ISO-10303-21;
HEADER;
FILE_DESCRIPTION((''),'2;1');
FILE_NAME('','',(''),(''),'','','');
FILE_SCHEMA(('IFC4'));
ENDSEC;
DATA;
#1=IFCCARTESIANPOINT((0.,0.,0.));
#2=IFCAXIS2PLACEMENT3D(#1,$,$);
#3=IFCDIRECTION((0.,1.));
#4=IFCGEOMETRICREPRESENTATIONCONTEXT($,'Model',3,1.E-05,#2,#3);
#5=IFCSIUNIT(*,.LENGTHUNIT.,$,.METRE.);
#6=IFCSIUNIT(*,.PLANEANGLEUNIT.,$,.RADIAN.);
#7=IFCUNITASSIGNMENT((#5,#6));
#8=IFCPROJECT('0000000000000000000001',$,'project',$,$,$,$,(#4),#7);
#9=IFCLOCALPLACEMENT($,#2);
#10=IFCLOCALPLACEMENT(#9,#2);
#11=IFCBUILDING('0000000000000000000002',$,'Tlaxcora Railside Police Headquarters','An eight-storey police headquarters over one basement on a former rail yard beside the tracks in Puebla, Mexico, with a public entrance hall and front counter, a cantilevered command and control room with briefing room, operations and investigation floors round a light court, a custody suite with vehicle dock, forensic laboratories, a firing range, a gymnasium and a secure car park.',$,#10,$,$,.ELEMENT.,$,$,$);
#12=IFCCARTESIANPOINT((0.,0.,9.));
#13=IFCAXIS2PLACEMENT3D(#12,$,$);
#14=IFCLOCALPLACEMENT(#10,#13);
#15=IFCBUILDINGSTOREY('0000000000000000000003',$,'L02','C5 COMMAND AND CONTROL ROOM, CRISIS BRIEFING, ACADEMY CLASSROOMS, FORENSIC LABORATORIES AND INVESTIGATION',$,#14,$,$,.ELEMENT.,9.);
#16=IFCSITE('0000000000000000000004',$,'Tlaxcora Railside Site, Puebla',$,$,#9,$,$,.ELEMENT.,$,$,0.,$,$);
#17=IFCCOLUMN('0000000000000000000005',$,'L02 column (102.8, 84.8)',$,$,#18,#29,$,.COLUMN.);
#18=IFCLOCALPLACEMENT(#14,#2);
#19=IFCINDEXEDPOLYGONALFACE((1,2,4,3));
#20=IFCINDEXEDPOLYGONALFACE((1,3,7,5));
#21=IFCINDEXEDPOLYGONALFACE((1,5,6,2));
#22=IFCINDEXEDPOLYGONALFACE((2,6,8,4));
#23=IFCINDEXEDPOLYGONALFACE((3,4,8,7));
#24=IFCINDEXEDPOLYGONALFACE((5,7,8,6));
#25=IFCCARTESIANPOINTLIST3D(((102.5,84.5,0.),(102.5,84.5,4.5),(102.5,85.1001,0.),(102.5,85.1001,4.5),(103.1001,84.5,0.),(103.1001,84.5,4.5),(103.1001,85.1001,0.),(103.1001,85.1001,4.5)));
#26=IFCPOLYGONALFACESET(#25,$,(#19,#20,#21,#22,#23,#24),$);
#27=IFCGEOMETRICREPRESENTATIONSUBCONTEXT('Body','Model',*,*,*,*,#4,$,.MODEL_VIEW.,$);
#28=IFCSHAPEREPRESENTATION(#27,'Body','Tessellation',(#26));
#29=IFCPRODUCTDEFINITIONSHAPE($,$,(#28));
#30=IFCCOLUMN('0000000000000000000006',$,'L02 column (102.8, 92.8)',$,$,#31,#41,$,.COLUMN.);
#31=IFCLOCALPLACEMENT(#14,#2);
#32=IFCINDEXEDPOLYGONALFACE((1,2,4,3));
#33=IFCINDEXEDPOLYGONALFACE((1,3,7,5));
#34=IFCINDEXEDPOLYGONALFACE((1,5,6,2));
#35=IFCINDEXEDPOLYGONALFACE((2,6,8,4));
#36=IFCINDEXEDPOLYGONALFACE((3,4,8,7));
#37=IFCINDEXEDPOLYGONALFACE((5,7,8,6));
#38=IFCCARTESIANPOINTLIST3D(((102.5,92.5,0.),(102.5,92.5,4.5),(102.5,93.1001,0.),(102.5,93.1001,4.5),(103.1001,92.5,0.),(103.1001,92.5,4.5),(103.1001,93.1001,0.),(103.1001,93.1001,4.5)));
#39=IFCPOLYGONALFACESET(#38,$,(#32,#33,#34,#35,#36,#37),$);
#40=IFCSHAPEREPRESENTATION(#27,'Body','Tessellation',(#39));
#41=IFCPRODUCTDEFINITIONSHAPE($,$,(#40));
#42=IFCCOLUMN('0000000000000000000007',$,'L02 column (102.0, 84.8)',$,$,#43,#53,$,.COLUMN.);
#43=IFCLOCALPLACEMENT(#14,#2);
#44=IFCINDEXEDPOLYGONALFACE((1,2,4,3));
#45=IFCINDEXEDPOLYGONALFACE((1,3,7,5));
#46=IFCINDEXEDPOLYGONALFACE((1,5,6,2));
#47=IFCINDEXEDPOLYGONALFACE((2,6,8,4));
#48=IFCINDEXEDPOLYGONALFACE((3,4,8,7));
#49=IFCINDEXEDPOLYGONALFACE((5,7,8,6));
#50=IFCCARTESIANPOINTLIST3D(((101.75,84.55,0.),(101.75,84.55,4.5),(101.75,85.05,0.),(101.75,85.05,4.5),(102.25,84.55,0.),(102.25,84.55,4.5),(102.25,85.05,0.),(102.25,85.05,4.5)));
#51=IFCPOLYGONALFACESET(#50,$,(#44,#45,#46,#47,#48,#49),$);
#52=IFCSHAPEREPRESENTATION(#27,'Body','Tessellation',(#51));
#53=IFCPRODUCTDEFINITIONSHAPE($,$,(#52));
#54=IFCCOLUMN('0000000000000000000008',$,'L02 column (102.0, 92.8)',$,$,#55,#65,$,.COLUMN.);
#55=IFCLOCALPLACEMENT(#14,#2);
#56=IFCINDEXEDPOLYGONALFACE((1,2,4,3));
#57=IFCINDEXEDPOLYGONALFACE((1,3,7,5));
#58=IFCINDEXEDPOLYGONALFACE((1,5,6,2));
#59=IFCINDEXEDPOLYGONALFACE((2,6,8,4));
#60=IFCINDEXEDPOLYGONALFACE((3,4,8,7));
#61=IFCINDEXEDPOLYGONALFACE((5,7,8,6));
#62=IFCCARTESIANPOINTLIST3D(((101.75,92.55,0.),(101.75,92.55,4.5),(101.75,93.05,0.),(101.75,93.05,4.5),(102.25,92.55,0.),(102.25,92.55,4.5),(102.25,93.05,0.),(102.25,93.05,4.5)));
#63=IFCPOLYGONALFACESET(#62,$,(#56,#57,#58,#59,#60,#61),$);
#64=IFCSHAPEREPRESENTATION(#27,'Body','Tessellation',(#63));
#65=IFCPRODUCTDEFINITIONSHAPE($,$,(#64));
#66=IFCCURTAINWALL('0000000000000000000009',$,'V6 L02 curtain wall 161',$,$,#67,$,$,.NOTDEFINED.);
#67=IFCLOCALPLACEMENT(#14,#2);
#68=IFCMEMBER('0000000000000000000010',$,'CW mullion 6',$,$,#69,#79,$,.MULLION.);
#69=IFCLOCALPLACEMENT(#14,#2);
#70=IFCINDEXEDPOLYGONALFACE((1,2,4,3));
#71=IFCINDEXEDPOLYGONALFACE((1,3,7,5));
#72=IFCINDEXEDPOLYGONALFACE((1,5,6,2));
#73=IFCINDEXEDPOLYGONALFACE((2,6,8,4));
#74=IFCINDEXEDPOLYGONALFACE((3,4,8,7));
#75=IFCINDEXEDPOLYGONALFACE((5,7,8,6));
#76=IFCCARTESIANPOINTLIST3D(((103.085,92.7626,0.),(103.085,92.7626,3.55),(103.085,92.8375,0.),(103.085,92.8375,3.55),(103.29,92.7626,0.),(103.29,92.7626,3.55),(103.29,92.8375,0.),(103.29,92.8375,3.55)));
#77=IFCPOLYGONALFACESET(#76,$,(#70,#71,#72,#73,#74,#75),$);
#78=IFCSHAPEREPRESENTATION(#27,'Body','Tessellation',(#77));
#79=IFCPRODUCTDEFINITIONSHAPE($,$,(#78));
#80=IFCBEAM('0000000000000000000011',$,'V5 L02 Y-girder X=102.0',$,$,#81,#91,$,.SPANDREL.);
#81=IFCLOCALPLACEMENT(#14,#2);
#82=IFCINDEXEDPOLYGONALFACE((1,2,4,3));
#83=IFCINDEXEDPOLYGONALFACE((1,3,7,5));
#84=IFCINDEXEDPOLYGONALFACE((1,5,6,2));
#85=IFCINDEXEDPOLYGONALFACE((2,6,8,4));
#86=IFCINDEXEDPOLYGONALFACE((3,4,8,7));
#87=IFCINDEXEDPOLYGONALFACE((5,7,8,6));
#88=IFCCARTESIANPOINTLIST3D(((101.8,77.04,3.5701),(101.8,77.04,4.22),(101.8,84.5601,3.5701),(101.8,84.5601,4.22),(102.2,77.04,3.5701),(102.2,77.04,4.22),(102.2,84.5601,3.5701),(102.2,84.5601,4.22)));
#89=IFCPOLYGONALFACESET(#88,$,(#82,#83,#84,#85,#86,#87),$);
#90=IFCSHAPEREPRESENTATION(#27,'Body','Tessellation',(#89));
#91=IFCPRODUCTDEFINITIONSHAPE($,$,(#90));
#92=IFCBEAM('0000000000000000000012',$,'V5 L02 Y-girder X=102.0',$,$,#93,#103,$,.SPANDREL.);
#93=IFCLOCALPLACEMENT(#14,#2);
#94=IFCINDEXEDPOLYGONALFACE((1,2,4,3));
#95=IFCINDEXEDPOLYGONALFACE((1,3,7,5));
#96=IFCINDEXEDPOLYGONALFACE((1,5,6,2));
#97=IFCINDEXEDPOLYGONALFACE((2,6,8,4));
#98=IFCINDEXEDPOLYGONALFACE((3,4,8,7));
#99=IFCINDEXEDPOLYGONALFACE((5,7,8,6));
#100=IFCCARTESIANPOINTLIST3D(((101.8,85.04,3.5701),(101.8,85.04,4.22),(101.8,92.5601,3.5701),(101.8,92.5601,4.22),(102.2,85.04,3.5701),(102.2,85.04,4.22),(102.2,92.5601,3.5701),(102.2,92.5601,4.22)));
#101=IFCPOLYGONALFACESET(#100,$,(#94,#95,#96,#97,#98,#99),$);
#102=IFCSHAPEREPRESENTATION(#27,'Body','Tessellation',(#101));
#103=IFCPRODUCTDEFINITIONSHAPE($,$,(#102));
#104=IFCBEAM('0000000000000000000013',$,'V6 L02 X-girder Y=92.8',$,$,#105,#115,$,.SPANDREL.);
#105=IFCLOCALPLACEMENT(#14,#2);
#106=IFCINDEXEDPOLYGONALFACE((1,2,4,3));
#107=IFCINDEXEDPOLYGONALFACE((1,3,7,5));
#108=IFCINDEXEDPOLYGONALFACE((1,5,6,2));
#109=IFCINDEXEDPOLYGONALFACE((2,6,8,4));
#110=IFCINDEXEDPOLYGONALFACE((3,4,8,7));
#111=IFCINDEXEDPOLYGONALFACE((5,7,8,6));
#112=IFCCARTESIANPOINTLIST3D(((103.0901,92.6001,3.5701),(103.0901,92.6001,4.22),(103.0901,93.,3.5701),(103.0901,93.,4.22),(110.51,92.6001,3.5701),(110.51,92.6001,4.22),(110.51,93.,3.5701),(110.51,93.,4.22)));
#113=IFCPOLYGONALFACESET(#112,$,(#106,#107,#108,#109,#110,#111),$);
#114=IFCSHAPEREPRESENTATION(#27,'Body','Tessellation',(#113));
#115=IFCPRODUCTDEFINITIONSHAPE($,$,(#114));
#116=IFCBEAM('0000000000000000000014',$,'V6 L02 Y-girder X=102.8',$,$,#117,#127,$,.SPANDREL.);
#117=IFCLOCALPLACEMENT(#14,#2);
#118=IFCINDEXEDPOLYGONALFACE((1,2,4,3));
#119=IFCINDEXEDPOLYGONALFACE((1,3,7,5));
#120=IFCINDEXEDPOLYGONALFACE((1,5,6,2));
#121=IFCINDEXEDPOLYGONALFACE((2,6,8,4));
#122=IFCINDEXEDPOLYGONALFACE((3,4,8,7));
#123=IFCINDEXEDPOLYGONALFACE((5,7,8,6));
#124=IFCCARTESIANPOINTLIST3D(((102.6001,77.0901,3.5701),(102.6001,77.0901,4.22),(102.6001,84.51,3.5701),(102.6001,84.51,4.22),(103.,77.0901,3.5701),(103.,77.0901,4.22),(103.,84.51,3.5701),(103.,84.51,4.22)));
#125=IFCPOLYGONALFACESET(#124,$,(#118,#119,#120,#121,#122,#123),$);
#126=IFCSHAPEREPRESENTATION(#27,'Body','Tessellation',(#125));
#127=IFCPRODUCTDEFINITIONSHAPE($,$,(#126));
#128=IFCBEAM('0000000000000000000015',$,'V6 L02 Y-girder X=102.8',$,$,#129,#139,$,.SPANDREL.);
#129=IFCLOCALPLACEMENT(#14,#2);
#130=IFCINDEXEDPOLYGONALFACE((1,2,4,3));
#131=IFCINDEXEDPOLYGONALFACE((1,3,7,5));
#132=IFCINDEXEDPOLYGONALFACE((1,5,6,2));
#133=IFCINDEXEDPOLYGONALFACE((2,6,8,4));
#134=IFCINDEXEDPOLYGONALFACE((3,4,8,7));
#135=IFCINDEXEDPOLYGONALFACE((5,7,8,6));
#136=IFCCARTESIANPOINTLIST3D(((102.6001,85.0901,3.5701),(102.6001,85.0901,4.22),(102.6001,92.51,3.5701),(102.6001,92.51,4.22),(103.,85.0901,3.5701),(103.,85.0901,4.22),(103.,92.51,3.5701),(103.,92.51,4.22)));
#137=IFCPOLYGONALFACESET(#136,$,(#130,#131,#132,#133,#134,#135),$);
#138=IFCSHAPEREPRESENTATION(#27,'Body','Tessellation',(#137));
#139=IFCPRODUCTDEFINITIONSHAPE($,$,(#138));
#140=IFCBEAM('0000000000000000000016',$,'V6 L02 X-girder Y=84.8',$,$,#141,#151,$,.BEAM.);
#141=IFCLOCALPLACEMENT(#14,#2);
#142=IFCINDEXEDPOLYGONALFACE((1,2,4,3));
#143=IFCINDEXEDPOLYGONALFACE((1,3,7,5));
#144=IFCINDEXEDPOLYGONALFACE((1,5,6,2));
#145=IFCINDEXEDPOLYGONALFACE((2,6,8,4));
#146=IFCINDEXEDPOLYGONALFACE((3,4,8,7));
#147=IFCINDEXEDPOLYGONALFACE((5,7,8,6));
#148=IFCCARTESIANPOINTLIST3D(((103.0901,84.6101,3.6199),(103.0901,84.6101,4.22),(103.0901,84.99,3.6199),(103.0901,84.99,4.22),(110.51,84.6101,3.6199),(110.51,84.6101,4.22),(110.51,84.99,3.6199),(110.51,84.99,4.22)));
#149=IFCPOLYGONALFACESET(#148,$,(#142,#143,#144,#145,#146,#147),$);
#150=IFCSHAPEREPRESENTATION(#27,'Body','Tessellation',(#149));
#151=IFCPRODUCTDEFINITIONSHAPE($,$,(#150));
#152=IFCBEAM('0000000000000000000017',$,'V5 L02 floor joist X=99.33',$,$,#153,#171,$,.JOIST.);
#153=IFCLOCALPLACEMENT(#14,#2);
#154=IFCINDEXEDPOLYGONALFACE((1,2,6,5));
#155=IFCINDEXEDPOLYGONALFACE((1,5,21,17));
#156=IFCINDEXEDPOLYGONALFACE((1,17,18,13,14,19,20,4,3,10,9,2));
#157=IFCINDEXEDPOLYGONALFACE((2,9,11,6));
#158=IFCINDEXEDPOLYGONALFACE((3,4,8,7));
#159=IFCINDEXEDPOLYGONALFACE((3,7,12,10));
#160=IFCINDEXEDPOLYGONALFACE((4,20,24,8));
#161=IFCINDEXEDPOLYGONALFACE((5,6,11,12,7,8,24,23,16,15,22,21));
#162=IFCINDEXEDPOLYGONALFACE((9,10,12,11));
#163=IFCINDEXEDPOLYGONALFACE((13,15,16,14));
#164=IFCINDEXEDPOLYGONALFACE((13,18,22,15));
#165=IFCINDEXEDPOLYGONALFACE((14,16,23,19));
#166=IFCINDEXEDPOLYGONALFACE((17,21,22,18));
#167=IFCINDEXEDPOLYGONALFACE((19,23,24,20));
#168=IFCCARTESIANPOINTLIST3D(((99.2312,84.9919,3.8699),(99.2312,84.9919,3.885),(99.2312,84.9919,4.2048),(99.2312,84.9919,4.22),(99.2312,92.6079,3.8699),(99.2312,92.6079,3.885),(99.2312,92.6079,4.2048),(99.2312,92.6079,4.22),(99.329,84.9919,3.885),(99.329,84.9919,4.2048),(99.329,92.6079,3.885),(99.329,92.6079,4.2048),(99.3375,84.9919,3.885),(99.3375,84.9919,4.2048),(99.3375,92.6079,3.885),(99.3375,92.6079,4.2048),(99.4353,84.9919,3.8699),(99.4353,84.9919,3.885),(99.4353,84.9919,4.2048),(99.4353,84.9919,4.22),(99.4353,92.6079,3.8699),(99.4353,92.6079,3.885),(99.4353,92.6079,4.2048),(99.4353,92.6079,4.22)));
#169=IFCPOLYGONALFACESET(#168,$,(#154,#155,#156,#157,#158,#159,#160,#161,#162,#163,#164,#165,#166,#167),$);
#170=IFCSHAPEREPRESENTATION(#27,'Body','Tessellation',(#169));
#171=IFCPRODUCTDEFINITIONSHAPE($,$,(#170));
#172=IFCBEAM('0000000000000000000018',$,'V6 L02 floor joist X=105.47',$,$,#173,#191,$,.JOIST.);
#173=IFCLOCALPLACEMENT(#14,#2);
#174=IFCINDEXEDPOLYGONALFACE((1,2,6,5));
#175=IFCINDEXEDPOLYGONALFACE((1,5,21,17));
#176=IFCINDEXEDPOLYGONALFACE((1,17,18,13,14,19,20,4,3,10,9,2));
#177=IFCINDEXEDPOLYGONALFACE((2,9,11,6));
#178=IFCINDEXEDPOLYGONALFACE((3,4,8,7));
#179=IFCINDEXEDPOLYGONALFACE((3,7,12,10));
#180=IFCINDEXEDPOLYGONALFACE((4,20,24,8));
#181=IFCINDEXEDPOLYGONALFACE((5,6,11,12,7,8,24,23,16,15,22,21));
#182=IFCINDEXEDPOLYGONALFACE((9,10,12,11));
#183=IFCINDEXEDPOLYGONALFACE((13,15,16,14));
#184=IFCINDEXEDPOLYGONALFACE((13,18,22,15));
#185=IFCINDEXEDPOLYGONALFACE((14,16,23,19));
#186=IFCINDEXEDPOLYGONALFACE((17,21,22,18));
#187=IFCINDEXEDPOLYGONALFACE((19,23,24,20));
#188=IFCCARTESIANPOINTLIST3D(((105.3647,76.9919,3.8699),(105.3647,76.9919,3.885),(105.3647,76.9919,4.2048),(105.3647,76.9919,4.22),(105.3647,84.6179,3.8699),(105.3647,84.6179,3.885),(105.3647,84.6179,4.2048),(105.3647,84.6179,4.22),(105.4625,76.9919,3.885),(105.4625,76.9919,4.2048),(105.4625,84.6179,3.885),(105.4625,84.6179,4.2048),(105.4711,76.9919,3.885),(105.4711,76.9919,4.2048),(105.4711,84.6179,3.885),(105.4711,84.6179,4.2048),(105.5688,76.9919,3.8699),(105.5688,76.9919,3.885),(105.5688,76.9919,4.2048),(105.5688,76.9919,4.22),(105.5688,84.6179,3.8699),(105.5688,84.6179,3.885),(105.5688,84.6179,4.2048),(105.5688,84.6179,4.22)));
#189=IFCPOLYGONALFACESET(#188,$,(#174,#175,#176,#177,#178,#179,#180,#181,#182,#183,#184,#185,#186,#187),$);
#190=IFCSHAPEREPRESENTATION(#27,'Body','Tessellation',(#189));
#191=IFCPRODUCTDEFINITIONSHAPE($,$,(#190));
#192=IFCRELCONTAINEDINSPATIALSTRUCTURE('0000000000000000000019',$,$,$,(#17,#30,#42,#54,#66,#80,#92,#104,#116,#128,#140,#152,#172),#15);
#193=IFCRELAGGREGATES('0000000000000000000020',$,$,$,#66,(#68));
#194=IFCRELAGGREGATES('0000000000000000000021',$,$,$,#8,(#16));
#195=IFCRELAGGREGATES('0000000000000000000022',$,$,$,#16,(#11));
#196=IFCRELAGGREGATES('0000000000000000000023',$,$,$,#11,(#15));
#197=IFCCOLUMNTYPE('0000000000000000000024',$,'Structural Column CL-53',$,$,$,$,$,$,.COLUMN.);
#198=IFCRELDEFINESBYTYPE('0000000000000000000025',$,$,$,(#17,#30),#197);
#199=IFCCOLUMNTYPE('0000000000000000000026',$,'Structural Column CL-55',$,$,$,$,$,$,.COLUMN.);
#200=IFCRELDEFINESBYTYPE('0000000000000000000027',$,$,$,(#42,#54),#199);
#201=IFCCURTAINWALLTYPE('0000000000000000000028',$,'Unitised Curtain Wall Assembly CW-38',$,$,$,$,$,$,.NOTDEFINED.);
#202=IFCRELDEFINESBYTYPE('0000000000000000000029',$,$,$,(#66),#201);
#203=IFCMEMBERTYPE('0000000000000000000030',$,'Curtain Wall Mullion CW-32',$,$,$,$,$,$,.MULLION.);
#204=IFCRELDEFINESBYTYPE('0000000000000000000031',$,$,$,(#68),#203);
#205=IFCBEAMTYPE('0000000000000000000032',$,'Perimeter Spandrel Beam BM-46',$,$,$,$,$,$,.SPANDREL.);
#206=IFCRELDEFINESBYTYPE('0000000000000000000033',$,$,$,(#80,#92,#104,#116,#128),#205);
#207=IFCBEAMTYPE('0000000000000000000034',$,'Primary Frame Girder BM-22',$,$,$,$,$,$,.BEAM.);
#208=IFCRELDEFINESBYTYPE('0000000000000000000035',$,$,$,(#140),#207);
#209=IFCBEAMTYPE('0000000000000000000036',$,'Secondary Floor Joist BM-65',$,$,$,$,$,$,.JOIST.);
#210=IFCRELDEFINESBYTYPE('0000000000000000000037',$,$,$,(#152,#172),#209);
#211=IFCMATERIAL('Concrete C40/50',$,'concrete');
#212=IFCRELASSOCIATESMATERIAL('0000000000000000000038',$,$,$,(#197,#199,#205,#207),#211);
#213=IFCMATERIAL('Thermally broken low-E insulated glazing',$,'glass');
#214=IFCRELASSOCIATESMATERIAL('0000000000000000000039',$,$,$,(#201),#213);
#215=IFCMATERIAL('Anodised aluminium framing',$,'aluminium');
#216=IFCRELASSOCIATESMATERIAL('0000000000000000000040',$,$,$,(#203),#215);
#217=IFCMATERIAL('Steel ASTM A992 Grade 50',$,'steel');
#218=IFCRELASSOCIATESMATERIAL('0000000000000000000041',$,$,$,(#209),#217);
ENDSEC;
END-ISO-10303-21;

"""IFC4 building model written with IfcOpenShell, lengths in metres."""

from ifc_helpers import new_model, si_unit, direction, frame, origin, origin_2d, place, context, subcontext, project, spatial, rectangle, i_section, extrude, material, material_profile, profile_set, type_object, element, aggregate, save


model = new_model("IFC4")

# Units and contexts
model_context = context("Model", 3, precision=1e-05, world=origin(), true_north=direction((0.0, 1.0)))
body_context = subcontext(model_context, "Body", "Model", "MODEL_VIEW")
ifc_project = project(units=[si_unit("LENGTHUNIT", "METRE"), si_unit("PLANEANGLEUNIT", "RADIAN")], contexts=[model_context])

# Site, building, storey
site_placement = place(None, origin())
site = spatial("IfcSite", under=ifc_project, at=site_placement, Name="Tlaxcora Railside Site, Puebla", CompositionType="ELEMENT", RefElevation=0.0)
building_placement = place(site_placement, origin())
building = spatial("IfcBuilding", under=site, at=building_placement, Name="Tlaxcora Railside Police Headquarters", Description="An eight-storey police headquarters over one basement on a former rail yard beside the tracks in Puebla, Mexico, with a public entrance hall and front counter, a cantilevered command and control room with briefing room, operations and investigation floors round a light court, a custody suite with vehicle dock, forensic laboratories, a firing range, a gymnasium and a secure car park.", CompositionType="ELEMENT")
storey_placement = place(building_placement, frame((0.0, 0.0, 9.0)))
storey = spatial("IfcBuildingStorey", under=building, at=storey_placement, Name="L02", Description="C5 COMMAND AND CONTROL ROOM, CRISIS BRIEFING, ACADEMY CLASSROOMS, FORENSIC LABORATORIES AND INVESTIGATION", CompositionType="ELEMENT", Elevation=9.0)

# Columns
ifc_material_1 = material(Name="Concrete C40/50", Category="concrete")
ifc_material_profile_1 = material_profile(ifc_material_1, rectangle(XDim=0.6001, YDim=0.6001, at=origin_2d()), Name="RC600X600")
ifc_profile_set_1 = profile_set([ifc_material_profile_1], Name="Concrete C40/50")
column_type_1 = type_object("IfcColumnType", Name="Structural Column CL-53", PredefinedType="COLUMN", material=ifc_profile_set_1)
for number, where, z_axis, x_axis, name in (
    (1, (102.8, 84.8, 0.0), (0.0, 0.0, 1.0), (1.0, 0.0, 0.0), "L02 column (102.8, 84.8)"),
    (2, (102.8, 92.8, 0.0), (0.0, 0.0, 1.0), (1.0, 0.0, 0.0), "L02 column (102.8, 92.8)"),
):
    element("IfcColumn", number, at=place(storey_placement, frame(where, z_axis=z_axis, x_axis=x_axis)), inside=storey, type_object=column_type_1, Name=name, PredefinedType="COLUMN", context=body_context, shape_type="SweptSolid", body=[
        extrude(rectangle(XDim=0.6001, YDim=0.6001, at=origin_2d()), origin(), (0.0, 0.0, 1.0), 4.5),
    ])
ifc_material_profile_2 = material_profile(ifc_material_1, rectangle(XDim=0.5, YDim=0.5, at=origin_2d()), Name="RC500X500")
ifc_profile_set_2 = profile_set([ifc_material_profile_2], Name="Concrete C40/50")
column_type_2 = type_object("IfcColumnType", Name="Structural Column CL-55", PredefinedType="COLUMN", material=ifc_profile_set_2)
for number, where, z_axis, x_axis, name in (
    (3, (102.0, 84.8, 0.0), (0.0, 0.0, 1.0), (1.0, 0.0, 0.0), "L02 column (102.0, 84.8)"),
    (4, (102.0, 92.8, 0.0), (0.0, 0.0, 1.0), (1.0, 0.0, 0.0), "L02 column (102.0, 92.8)"),
):
    element("IfcColumn", number, at=place(storey_placement, frame(where, z_axis=z_axis, x_axis=x_axis)), inside=storey, type_object=column_type_2, Name=name, PredefinedType="COLUMN", context=body_context, shape_type="SweptSolid", body=[
        extrude(rectangle(XDim=0.5, YDim=0.5, at=origin_2d()), origin(), (0.0, 0.0, 1.0), 4.5),
    ])

# Curtain wall, member
ifc_material_2 = material(Name="Thermally broken low-E insulated glazing", Category="glass")
curtain_wall_type = type_object("IfcCurtainWallType", Name="Unitised Curtain Wall Assembly CW-38", PredefinedType="NOTDEFINED", material=ifc_material_2)
curtain_wall_placement = place(storey_placement, origin())
curtain_wall = element("IfcCurtainWall", 5, at=curtain_wall_placement, inside=storey, type_object=curtain_wall_type, Name="V6 L02 curtain wall 161", PredefinedType="NOTDEFINED")
ifc_material_3 = material(Name="Anodised aluminium framing", Category="aluminium")
ifc_material_profile_3 = material_profile(ifc_material_3, rectangle(XDim=0.075, YDim=0.2051, at=origin_2d()), Name="AL75X205")
ifc_profile_set_3 = profile_set([ifc_material_profile_3], Name="Anodised aluminium framing")
member_type = type_object("IfcMemberType", Name="Curtain Wall Mullion CW-32", PredefinedType="MULLION", material=ifc_profile_set_3)
member_placement = place(storey_placement, frame((103.1875, 92.8, 0.0), z_axis=(0.0, 0.0, 1.0), x_axis=(0.0, -1.0, 0.0)))
member = element("IfcMember", 6, at=member_placement, type_object=member_type, Name="CW mullion 6", PredefinedType="MULLION", context=body_context, shape_type="SweptSolid", body=[
    extrude(rectangle(XDim=0.075, YDim=0.2051, at=origin_2d()), origin(), (0.0, 0.0, 1.0), 3.55),
])

# Beams
ifc_material_profile_4 = material_profile(ifc_material_1, rectangle(XDim=0.3999, YDim=0.6499, at=origin_2d()), Name="RC400X650")
ifc_profile_set_4 = profile_set([ifc_material_profile_4], Name="Concrete C40/50")
beam_type_1 = type_object("IfcBeamType", Name="Perimeter Spandrel Beam BM-46", PredefinedType="SPANDREL", material=ifc_profile_set_4)
for number, where, z_axis, x_axis, name in (
    (7, (102.0, 77.04, 3.895), (0.0, 1.0, 0.0), (-1.0, 0.0, 0.0), "V5 L02 Y-girder X=102.0"),
    (8, (102.0, 85.04, 3.895), (0.0, 1.0, 0.0), (-1.0, 0.0, 0.0), "V5 L02 Y-girder X=102.0"),
):
    element("IfcBeam", number, at=place(storey_placement, frame(where, z_axis=z_axis, x_axis=x_axis)), inside=storey, type_object=beam_type_1, Name=name, PredefinedType="SPANDREL", context=body_context, shape_type="SweptSolid", body=[
        extrude(rectangle(XDim=0.3999, YDim=0.6499, at=origin_2d()), origin(), (0.0, 0.0, 1.0), 7.52),
    ])
for number, where, z_axis, x_axis, name in (
    (9, (103.0901, 92.8, 3.895), (1.0, 0.0, 0.0), (0.0, 1.0, 0.0), "V6 L02 X-girder Y=92.8"),
    (10, (102.8, 77.0901, 3.895), (0.0, 1.0, 0.0), (-1.0, 0.0, 0.0), "V6 L02 Y-girder X=102.8"),
    (11, (102.8, 85.0901, 3.895), (0.0, 1.0, 0.0), (-1.0, 0.0, 0.0), "V6 L02 Y-girder X=102.8"),
):
    element("IfcBeam", number, at=place(storey_placement, frame(where, z_axis=z_axis, x_axis=x_axis)), inside=storey, type_object=beam_type_1, Name=name, PredefinedType="SPANDREL", context=body_context, shape_type="SweptSolid", body=[
        extrude(rectangle(XDim=0.3999, YDim=0.6499, at=origin_2d()), origin(), (0.0, 0.0, 1.0), 7.4199),
    ])
ifc_material_profile_5 = material_profile(ifc_material_1, rectangle(XDim=0.3799, YDim=0.6001, at=origin_2d()), Name="RC380X600")
ifc_profile_set_5 = profile_set([ifc_material_profile_5], Name="Concrete C40/50")
beam_type_2 = type_object("IfcBeamType", Name="Primary Frame Girder BM-22", PredefinedType="BEAM", material=ifc_profile_set_5)
beam_1_placement = place(storey_placement, frame((103.0901, 84.8, 3.9199), z_axis=(1.0, 0.0, 0.0), x_axis=(0.0, 1.0, 0.0)))
element("IfcBeam", 12, at=beam_1_placement, inside=storey, type_object=beam_type_2, Name="V6 L02 X-girder Y=84.8", PredefinedType="BEAM", context=body_context, shape_type="SweptSolid", body=[
    extrude(rectangle(XDim=0.3799, YDim=0.6001, at=origin_2d()), origin(), (0.0, 0.0, 1.0), 7.4199),
])
ifc_material_4 = material(Name="Steel ASTM A992 Grade 50", Category="steel")
ifc_material_profile_6 = material_profile(ifc_material_4, i_section(OverallWidth=0.2041, OverallDepth=0.3501, WebThickness=0.0085, FlangeThickness=0.0151, at=origin_2d()), Name="W14X48")
ifc_profile_set_6 = profile_set([ifc_material_profile_6], Name="Steel ASTM A992 Grade 50")
beam_type_3 = type_object("IfcBeamType", Name="Secondary Floor Joist BM-65", PredefinedType="JOIST", material=ifc_profile_set_6)
beam_2_placement = place(storey_placement, frame((99.3333, 84.9919, 4.0449), z_axis=(0.0, 1.0, 0.0), x_axis=(-1.0, 0.0, 0.0)))
element("IfcBeam", 13, at=beam_2_placement, inside=storey, type_object=beam_type_3, Name="V5 L02 floor joist X=99.33", PredefinedType="JOIST", context=body_context, shape_type="SweptSolid", body=[
    extrude(i_section(OverallWidth=0.2041, OverallDepth=0.3501, WebThickness=0.0085, FlangeThickness=0.0151, at=origin_2d()), origin(), (0.0, 0.0, 1.0), 7.616),
])
for number, where, z_axis, x_axis, name in (
    (14, (105.4668, 76.9919, 4.0449), (0.0, 1.0, 0.0), (-1.0, 0.0, 0.0), "V6 L02 floor joist X=105.47"),
):
    element("IfcBeam", number, at=place(storey_placement, frame(where, z_axis=z_axis, x_axis=x_axis)), inside=storey, type_object=beam_type_3, Name=name, PredefinedType="JOIST", context=body_context, shape_type="SweptSolid", body=[
        extrude(i_section(OverallWidth=0.2041, OverallDepth=0.3501, WebThickness=0.0085, FlangeThickness=0.0151, at=origin_2d()), origin(), (0.0, 0.0, 1.0), 7.626),
    ])

aggregate(curtain_wall, [member])

save(model, "model.ifc")
